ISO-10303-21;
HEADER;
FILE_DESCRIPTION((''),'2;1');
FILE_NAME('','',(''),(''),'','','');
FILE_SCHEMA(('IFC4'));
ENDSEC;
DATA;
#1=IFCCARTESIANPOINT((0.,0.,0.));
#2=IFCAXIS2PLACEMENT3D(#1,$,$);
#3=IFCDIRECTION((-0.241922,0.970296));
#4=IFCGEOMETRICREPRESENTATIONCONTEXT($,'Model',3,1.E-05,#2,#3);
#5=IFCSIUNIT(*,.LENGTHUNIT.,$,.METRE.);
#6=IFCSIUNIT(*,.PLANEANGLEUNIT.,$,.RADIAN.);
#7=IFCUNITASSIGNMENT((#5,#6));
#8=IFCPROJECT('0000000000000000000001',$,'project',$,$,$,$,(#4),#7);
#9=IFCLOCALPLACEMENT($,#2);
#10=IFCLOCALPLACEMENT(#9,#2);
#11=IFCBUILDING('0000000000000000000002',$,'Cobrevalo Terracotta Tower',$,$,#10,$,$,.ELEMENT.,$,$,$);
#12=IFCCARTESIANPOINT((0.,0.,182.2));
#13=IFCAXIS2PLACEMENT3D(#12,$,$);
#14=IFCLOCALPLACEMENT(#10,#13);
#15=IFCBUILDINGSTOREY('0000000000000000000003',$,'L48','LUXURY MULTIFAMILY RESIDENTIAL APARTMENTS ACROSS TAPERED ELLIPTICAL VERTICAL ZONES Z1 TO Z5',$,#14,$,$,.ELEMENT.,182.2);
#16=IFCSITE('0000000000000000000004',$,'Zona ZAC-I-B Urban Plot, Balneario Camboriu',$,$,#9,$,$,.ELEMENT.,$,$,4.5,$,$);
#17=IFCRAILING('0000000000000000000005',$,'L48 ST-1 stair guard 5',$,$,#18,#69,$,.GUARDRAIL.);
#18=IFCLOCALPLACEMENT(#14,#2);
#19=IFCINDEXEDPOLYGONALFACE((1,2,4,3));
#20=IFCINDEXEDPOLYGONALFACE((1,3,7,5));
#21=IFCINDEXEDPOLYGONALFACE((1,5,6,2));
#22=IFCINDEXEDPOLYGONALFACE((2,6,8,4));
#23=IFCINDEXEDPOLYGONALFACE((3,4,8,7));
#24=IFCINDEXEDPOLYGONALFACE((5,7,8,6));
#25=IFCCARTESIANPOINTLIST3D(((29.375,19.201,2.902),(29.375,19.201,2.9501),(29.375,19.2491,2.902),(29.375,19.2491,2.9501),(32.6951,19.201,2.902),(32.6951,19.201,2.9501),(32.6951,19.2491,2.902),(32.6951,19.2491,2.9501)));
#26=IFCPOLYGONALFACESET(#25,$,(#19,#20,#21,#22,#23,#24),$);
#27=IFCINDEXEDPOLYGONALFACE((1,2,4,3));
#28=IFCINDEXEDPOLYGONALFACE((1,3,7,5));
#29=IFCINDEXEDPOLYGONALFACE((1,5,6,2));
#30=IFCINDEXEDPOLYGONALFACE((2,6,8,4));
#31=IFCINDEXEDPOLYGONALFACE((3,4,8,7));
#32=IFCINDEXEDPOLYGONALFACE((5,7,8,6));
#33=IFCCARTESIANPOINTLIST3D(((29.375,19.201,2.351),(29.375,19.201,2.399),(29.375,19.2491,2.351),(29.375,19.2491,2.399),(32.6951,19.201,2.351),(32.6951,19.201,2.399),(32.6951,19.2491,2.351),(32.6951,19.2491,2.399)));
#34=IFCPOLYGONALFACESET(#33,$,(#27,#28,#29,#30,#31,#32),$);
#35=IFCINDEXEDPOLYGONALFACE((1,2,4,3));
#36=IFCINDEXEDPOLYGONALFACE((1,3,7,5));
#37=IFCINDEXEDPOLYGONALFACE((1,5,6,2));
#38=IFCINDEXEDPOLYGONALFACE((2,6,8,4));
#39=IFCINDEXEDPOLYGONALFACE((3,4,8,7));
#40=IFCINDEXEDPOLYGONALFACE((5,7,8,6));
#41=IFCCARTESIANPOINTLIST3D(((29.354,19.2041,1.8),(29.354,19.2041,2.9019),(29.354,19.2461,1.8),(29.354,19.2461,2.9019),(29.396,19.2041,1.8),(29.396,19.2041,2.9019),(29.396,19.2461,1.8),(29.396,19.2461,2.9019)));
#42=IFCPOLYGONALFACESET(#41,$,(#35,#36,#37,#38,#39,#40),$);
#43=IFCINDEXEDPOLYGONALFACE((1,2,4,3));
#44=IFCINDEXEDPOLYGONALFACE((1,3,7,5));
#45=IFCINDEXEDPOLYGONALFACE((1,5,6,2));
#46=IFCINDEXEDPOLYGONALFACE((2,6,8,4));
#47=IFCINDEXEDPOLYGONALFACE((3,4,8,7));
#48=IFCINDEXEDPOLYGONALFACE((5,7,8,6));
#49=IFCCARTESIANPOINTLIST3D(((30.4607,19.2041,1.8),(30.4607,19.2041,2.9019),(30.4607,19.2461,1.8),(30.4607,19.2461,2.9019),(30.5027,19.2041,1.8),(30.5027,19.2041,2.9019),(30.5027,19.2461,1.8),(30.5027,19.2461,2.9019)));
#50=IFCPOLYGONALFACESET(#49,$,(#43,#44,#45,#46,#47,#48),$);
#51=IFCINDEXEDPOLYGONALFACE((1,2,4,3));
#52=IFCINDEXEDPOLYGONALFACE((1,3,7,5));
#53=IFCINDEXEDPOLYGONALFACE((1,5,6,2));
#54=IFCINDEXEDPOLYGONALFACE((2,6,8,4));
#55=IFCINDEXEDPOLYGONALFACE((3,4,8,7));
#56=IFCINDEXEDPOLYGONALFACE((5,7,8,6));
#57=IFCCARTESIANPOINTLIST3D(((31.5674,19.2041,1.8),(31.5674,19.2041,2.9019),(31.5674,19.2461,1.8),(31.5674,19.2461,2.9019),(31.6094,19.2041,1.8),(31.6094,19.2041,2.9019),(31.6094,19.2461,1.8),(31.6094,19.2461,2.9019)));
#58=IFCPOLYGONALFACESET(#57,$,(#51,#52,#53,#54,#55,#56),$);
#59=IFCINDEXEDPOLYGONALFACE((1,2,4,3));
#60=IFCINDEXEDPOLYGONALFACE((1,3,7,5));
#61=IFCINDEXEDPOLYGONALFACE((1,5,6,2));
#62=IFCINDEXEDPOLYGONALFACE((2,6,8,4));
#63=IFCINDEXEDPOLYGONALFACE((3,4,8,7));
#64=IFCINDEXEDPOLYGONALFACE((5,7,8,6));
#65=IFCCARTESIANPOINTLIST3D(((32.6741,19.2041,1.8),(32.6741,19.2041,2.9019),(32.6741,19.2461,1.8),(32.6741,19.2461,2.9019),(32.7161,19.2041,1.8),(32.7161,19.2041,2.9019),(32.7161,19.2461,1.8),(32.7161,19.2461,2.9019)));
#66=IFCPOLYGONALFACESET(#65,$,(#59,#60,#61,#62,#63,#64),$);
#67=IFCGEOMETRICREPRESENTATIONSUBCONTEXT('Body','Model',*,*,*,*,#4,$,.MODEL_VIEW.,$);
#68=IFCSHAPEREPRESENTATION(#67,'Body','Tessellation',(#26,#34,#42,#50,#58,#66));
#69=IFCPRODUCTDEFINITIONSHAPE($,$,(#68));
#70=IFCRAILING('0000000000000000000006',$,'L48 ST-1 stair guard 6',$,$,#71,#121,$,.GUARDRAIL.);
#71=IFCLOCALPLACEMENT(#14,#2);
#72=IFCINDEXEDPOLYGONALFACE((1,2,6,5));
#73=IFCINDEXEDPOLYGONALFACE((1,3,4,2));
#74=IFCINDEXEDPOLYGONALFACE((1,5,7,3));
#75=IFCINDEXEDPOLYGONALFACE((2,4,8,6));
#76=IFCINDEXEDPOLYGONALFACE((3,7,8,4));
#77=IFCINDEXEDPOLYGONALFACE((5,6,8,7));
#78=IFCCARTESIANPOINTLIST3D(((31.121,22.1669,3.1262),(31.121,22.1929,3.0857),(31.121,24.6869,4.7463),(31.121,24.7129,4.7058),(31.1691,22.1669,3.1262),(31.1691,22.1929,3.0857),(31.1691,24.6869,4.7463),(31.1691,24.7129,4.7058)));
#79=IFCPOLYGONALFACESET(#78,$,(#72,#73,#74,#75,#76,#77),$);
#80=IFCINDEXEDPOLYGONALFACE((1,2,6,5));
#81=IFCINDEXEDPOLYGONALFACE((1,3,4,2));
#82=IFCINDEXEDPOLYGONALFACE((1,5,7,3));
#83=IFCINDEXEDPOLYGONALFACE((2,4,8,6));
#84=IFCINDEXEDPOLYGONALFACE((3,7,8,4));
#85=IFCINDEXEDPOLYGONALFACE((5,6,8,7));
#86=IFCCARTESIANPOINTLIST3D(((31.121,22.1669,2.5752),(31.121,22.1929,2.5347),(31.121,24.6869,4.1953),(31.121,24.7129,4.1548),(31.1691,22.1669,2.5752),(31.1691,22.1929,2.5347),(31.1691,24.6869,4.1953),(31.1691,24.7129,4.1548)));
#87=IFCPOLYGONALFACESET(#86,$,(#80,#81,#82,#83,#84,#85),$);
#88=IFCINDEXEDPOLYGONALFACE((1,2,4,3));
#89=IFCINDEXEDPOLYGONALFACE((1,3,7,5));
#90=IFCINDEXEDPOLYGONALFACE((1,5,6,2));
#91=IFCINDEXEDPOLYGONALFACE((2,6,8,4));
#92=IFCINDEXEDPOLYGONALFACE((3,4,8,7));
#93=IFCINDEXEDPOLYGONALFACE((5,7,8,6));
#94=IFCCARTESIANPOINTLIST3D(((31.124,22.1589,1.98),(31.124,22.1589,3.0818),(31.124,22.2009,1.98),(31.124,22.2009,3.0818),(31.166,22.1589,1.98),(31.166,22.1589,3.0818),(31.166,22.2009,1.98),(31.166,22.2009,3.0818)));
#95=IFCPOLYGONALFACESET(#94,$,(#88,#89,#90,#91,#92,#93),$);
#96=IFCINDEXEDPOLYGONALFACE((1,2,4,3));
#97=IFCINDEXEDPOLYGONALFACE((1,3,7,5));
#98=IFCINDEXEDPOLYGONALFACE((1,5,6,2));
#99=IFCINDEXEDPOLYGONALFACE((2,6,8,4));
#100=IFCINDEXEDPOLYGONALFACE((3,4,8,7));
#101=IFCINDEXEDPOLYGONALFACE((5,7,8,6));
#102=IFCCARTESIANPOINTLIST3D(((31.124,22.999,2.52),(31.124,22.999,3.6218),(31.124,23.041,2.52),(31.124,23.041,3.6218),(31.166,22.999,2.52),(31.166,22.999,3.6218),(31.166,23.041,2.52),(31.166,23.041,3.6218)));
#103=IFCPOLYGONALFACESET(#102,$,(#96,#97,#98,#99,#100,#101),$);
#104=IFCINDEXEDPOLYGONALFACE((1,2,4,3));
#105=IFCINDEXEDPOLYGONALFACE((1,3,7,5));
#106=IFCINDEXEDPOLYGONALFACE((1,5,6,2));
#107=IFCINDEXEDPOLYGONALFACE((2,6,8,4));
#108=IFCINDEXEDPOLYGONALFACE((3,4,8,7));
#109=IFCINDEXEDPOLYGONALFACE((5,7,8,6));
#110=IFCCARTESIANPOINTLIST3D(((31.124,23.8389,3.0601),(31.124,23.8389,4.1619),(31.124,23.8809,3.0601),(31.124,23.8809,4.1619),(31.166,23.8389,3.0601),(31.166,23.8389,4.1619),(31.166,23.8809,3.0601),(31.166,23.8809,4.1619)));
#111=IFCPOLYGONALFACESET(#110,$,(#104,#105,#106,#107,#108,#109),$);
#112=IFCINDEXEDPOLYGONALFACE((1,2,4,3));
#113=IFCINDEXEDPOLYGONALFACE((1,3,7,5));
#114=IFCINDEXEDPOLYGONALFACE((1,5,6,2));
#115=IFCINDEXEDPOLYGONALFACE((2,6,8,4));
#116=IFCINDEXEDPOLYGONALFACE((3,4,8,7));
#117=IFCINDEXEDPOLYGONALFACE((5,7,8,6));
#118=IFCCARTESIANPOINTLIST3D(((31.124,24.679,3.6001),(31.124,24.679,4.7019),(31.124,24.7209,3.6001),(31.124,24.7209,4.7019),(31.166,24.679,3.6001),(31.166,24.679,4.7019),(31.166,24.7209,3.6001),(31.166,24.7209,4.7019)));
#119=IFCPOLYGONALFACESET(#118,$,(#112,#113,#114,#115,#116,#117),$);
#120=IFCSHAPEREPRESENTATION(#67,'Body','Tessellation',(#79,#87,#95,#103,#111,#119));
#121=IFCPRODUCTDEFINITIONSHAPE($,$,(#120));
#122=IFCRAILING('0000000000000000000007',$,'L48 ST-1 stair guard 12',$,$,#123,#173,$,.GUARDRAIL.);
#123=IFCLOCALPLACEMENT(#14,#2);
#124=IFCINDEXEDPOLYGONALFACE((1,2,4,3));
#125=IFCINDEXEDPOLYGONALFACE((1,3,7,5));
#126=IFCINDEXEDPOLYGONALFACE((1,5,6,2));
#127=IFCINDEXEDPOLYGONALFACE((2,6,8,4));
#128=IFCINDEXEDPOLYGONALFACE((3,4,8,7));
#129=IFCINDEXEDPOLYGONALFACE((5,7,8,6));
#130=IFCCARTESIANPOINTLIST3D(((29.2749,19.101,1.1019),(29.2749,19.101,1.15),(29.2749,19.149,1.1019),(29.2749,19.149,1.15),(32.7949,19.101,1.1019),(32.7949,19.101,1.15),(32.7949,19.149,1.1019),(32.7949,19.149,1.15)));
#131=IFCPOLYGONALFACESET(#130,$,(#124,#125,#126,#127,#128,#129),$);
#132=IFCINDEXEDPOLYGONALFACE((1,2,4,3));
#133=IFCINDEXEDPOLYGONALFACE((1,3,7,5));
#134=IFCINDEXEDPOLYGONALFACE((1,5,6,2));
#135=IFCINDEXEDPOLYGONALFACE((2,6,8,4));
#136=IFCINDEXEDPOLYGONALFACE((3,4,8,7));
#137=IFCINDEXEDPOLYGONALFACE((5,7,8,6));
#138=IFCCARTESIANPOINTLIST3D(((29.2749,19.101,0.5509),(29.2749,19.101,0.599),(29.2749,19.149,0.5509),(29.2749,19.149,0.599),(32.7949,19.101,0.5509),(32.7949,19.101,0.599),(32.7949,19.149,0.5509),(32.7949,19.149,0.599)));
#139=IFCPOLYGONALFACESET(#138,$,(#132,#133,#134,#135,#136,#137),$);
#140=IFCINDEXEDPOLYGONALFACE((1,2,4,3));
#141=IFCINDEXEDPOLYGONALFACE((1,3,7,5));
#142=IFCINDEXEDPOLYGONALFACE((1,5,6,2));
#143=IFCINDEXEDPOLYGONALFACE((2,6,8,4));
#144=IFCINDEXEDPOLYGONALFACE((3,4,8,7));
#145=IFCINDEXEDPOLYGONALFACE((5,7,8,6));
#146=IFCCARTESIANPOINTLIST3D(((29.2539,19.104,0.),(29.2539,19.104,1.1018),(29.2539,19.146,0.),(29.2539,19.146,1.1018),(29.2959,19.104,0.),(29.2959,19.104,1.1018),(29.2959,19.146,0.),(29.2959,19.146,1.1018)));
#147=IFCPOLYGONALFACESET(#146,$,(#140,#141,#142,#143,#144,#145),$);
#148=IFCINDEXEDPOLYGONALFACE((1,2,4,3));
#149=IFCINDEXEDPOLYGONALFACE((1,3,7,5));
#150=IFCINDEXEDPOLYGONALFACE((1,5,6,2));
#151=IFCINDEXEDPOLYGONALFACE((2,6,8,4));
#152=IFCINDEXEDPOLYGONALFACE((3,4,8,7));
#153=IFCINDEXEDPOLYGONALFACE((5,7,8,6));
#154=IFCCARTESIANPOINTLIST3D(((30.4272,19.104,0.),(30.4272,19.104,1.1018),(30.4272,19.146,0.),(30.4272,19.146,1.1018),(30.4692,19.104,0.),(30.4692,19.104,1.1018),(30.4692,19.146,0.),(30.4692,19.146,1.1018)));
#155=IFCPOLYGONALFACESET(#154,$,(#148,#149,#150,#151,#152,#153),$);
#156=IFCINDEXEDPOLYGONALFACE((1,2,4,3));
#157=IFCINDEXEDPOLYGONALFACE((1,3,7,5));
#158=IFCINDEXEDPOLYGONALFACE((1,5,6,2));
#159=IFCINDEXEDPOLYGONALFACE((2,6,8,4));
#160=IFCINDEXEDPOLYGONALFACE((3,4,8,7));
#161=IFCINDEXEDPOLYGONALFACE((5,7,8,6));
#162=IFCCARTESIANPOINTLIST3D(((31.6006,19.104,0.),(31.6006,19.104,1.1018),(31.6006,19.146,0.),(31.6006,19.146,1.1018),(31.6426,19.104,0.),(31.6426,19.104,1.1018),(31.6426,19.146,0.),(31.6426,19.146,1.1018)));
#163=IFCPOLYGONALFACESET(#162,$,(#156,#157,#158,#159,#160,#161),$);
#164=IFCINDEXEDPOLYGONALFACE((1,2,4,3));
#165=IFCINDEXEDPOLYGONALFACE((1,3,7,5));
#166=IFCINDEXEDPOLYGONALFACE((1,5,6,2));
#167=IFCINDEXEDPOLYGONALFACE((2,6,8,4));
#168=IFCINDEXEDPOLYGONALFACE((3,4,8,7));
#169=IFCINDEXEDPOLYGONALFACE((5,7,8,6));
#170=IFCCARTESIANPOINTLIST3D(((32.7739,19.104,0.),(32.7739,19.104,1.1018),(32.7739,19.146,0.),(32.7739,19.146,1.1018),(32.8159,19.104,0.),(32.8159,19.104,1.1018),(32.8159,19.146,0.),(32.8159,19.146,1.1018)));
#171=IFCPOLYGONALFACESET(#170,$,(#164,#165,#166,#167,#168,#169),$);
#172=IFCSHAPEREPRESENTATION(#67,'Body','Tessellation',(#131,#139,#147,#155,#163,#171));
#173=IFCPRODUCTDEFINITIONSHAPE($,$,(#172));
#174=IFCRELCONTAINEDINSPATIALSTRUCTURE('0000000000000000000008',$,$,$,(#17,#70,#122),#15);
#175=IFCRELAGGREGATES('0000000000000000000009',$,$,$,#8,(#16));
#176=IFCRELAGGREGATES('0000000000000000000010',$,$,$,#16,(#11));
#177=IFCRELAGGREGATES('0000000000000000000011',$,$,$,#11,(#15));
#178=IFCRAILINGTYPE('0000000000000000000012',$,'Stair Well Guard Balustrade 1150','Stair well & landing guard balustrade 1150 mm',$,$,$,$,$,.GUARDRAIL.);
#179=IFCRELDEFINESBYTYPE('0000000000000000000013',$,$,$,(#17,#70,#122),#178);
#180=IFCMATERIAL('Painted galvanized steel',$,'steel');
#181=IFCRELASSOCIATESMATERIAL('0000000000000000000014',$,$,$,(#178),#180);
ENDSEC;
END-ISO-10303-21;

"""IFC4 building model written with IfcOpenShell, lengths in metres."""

from ifc_helpers import new_model, si_unit, direction, frame, origin, origin_2d, place, context, subcontext, project, spatial, rectangle, extrude, material, type_object, element, save


model = new_model("IFC4")

# Units and contexts
model_context = context("Model", 3, precision=1e-05, world=origin(), true_north=direction((-0.241922, 0.970296)))
body_context = subcontext(model_context, "Body", "Model", "MODEL_VIEW")
ifc_project = project(units=[si_unit("LENGTHUNIT", "METRE"), si_unit("PLANEANGLEUNIT", "RADIAN")], contexts=[model_context])

# Site, building, storey
site_placement = place(None, origin())
site = spatial("IfcSite", under=ifc_project, at=site_placement, Name="Zona ZAC-I-B Urban Plot, Balneario Camboriu", CompositionType="ELEMENT", RefElevation=4.5)
building_placement = place(site_placement, origin())
building = spatial("IfcBuilding", under=site, at=building_placement, Name="Cobrevalo Terracotta Tower", CompositionType="ELEMENT")
storey_placement = place(building_placement, frame((0.0, 0.0, 182.2)))
storey = spatial("IfcBuildingStorey", under=building, at=storey_placement, Name="L48", Description="LUXURY MULTIFAMILY RESIDENTIAL APARTMENTS ACROSS TAPERED ELLIPTICAL VERTICAL ZONES Z1 TO Z5", CompositionType="ELEMENT", Elevation=182.2)

# Railings
ifc_material_1 = material(Name="Painted galvanized steel", Category="steel")
railing_type_1 = type_object("IfcRailingType", Name="Stair Well Guard Balustrade 1150", Description="Stair well & landing guard balustrade 1150 mm", PredefinedType="GUARDRAIL", material=ifc_material_1)
railing_1_placement = place(storey_placement, frame((29.375, 19.2251, 1.8)))
element("IfcRailing", 1, at=railing_1_placement, inside=storey, type_object=railing_type_1, Name="L48 ST-1 stair guard 5", PredefinedType="GUARDRAIL", context=body_context, shape_type="SweptSolid", body=[
    extrude(rectangle(XDim=0.0481, YDim=0.0481, at=origin_2d()), frame((0.0, 0.0, 1.126), z_axis=(1.0, 0.0, 0.0), x_axis=(0.0, 1.0, 0.0)), (0.0, 0.0, 1.0), 3.3201),
    extrude(rectangle(XDim=0.0481, YDim=0.0481, at=origin_2d()), frame((0.0, 0.0, 0.575), z_axis=(1.0, 0.0, 0.0), x_axis=(0.0, 1.0, 0.0)), (0.0, 0.0, 1.0), 3.3201),
    extrude(rectangle(XDim=0.042, YDim=0.042, at=origin_2d()), origin(), (0.0, 0.0, 1.0), 1.1018),
    extrude(rectangle(XDim=0.042, YDim=0.042, at=origin_2d()), frame((1.1067, 0.0, 0.0)), (0.0, 0.0, 1.0), 1.1018),
    extrude(rectangle(XDim=0.042, YDim=0.042, at=origin_2d()), frame((2.2134, 0.0, 0.0)), (0.0, 0.0, 1.0), 1.1018),
    extrude(rectangle(XDim=0.042, YDim=0.042, at=origin_2d()), frame((3.3201, 0.0, 0.0)), (0.0, 0.0, 1.0), 1.1018),
])
railing_2_placement = place(storey_placement, frame((31.145, 22.1799, 1.98)))
element("IfcRailing", 2, at=railing_2_placement, inside=storey, type_object=railing_type_1, Name="L48 ST-1 stair guard 6", PredefinedType="GUARDRAIL", context=body_context, shape_type="SweptSolid", body=[
    extrude(rectangle(XDim=0.0481, YDim=0.0481, at=origin_2d()), frame((0.0, 0.0, 1.126), z_axis=(0.0, 0.841163, 0.540782), x_axis=(-1.0, 0.0, 0.0)), (0.0, 0.0, 1.0), 2.9958),
    extrude(rectangle(XDim=0.0481, YDim=0.0481, at=origin_2d()), frame((0.0, 0.0, 0.575), z_axis=(0.0, 0.841163, 0.540782), x_axis=(-1.0, 0.0, 0.0)), (0.0, 0.0, 1.0), 2.9958),
    extrude(rectangle(XDim=0.042, YDim=0.042, at=origin_2d()), origin(), (0.0, 0.0, 1.0), 1.1018),
    extrude(rectangle(XDim=0.042, YDim=0.042, at=origin_2d()), frame((0.0, 0.8401, 0.54)), (0.0, 0.0, 1.0), 1.1018),
    extrude(rectangle(XDim=0.042, YDim=0.042, at=origin_2d()), frame((0.0, 1.6799, 1.0801)), (0.0, 0.0, 1.0), 1.1018),
    extrude(rectangle(XDim=0.042, YDim=0.042, at=origin_2d()), frame((0.0, 2.52, 1.6201)), (0.0, 0.0, 1.0), 1.1018),
])
railing_3_placement = place(storey_placement, frame((29.2749, 19.125, 0.0)))
element("IfcRailing", 3, at=railing_3_placement, inside=storey, type_object=railing_type_1, Name="L48 ST-1 stair guard 12", PredefinedType="GUARDRAIL", context=body_context, shape_type="SweptSolid", body=[
    extrude(rectangle(XDim=0.0481, YDim=0.0481, at=origin_2d()), frame((0.0, 0.0, 1.126), z_axis=(1.0, 0.0, 0.0), x_axis=(0.0, 1.0, 0.0)), (0.0, 0.0, 1.0), 3.52),
    extrude(rectangle(XDim=0.0481, YDim=0.0481, at=origin_2d()), frame((0.0, 0.0, 0.575), z_axis=(1.0, 0.0, 0.0), x_axis=(0.0, 1.0, 0.0)), (0.0, 0.0, 1.0), 3.52),
    extrude(rectangle(XDim=0.042, YDim=0.042, at=origin_2d()), origin(), (0.0, 0.0, 1.0), 1.1018),
    extrude(rectangle(XDim=0.042, YDim=0.042, at=origin_2d()), frame((1.1733, 0.0, 0.0)), (0.0, 0.0, 1.0), 1.1018),
    extrude(rectangle(XDim=0.042, YDim=0.042, at=origin_2d()), frame((2.3467, 0.0, 0.0)), (0.0, 0.0, 1.0), 1.1018),
    extrude(rectangle(XDim=0.042, YDim=0.042, at=origin_2d()), frame((3.52, 0.0, 0.0)), (0.0, 0.0, 1.0), 1.1018),
])

save(model, "model.ifc")
